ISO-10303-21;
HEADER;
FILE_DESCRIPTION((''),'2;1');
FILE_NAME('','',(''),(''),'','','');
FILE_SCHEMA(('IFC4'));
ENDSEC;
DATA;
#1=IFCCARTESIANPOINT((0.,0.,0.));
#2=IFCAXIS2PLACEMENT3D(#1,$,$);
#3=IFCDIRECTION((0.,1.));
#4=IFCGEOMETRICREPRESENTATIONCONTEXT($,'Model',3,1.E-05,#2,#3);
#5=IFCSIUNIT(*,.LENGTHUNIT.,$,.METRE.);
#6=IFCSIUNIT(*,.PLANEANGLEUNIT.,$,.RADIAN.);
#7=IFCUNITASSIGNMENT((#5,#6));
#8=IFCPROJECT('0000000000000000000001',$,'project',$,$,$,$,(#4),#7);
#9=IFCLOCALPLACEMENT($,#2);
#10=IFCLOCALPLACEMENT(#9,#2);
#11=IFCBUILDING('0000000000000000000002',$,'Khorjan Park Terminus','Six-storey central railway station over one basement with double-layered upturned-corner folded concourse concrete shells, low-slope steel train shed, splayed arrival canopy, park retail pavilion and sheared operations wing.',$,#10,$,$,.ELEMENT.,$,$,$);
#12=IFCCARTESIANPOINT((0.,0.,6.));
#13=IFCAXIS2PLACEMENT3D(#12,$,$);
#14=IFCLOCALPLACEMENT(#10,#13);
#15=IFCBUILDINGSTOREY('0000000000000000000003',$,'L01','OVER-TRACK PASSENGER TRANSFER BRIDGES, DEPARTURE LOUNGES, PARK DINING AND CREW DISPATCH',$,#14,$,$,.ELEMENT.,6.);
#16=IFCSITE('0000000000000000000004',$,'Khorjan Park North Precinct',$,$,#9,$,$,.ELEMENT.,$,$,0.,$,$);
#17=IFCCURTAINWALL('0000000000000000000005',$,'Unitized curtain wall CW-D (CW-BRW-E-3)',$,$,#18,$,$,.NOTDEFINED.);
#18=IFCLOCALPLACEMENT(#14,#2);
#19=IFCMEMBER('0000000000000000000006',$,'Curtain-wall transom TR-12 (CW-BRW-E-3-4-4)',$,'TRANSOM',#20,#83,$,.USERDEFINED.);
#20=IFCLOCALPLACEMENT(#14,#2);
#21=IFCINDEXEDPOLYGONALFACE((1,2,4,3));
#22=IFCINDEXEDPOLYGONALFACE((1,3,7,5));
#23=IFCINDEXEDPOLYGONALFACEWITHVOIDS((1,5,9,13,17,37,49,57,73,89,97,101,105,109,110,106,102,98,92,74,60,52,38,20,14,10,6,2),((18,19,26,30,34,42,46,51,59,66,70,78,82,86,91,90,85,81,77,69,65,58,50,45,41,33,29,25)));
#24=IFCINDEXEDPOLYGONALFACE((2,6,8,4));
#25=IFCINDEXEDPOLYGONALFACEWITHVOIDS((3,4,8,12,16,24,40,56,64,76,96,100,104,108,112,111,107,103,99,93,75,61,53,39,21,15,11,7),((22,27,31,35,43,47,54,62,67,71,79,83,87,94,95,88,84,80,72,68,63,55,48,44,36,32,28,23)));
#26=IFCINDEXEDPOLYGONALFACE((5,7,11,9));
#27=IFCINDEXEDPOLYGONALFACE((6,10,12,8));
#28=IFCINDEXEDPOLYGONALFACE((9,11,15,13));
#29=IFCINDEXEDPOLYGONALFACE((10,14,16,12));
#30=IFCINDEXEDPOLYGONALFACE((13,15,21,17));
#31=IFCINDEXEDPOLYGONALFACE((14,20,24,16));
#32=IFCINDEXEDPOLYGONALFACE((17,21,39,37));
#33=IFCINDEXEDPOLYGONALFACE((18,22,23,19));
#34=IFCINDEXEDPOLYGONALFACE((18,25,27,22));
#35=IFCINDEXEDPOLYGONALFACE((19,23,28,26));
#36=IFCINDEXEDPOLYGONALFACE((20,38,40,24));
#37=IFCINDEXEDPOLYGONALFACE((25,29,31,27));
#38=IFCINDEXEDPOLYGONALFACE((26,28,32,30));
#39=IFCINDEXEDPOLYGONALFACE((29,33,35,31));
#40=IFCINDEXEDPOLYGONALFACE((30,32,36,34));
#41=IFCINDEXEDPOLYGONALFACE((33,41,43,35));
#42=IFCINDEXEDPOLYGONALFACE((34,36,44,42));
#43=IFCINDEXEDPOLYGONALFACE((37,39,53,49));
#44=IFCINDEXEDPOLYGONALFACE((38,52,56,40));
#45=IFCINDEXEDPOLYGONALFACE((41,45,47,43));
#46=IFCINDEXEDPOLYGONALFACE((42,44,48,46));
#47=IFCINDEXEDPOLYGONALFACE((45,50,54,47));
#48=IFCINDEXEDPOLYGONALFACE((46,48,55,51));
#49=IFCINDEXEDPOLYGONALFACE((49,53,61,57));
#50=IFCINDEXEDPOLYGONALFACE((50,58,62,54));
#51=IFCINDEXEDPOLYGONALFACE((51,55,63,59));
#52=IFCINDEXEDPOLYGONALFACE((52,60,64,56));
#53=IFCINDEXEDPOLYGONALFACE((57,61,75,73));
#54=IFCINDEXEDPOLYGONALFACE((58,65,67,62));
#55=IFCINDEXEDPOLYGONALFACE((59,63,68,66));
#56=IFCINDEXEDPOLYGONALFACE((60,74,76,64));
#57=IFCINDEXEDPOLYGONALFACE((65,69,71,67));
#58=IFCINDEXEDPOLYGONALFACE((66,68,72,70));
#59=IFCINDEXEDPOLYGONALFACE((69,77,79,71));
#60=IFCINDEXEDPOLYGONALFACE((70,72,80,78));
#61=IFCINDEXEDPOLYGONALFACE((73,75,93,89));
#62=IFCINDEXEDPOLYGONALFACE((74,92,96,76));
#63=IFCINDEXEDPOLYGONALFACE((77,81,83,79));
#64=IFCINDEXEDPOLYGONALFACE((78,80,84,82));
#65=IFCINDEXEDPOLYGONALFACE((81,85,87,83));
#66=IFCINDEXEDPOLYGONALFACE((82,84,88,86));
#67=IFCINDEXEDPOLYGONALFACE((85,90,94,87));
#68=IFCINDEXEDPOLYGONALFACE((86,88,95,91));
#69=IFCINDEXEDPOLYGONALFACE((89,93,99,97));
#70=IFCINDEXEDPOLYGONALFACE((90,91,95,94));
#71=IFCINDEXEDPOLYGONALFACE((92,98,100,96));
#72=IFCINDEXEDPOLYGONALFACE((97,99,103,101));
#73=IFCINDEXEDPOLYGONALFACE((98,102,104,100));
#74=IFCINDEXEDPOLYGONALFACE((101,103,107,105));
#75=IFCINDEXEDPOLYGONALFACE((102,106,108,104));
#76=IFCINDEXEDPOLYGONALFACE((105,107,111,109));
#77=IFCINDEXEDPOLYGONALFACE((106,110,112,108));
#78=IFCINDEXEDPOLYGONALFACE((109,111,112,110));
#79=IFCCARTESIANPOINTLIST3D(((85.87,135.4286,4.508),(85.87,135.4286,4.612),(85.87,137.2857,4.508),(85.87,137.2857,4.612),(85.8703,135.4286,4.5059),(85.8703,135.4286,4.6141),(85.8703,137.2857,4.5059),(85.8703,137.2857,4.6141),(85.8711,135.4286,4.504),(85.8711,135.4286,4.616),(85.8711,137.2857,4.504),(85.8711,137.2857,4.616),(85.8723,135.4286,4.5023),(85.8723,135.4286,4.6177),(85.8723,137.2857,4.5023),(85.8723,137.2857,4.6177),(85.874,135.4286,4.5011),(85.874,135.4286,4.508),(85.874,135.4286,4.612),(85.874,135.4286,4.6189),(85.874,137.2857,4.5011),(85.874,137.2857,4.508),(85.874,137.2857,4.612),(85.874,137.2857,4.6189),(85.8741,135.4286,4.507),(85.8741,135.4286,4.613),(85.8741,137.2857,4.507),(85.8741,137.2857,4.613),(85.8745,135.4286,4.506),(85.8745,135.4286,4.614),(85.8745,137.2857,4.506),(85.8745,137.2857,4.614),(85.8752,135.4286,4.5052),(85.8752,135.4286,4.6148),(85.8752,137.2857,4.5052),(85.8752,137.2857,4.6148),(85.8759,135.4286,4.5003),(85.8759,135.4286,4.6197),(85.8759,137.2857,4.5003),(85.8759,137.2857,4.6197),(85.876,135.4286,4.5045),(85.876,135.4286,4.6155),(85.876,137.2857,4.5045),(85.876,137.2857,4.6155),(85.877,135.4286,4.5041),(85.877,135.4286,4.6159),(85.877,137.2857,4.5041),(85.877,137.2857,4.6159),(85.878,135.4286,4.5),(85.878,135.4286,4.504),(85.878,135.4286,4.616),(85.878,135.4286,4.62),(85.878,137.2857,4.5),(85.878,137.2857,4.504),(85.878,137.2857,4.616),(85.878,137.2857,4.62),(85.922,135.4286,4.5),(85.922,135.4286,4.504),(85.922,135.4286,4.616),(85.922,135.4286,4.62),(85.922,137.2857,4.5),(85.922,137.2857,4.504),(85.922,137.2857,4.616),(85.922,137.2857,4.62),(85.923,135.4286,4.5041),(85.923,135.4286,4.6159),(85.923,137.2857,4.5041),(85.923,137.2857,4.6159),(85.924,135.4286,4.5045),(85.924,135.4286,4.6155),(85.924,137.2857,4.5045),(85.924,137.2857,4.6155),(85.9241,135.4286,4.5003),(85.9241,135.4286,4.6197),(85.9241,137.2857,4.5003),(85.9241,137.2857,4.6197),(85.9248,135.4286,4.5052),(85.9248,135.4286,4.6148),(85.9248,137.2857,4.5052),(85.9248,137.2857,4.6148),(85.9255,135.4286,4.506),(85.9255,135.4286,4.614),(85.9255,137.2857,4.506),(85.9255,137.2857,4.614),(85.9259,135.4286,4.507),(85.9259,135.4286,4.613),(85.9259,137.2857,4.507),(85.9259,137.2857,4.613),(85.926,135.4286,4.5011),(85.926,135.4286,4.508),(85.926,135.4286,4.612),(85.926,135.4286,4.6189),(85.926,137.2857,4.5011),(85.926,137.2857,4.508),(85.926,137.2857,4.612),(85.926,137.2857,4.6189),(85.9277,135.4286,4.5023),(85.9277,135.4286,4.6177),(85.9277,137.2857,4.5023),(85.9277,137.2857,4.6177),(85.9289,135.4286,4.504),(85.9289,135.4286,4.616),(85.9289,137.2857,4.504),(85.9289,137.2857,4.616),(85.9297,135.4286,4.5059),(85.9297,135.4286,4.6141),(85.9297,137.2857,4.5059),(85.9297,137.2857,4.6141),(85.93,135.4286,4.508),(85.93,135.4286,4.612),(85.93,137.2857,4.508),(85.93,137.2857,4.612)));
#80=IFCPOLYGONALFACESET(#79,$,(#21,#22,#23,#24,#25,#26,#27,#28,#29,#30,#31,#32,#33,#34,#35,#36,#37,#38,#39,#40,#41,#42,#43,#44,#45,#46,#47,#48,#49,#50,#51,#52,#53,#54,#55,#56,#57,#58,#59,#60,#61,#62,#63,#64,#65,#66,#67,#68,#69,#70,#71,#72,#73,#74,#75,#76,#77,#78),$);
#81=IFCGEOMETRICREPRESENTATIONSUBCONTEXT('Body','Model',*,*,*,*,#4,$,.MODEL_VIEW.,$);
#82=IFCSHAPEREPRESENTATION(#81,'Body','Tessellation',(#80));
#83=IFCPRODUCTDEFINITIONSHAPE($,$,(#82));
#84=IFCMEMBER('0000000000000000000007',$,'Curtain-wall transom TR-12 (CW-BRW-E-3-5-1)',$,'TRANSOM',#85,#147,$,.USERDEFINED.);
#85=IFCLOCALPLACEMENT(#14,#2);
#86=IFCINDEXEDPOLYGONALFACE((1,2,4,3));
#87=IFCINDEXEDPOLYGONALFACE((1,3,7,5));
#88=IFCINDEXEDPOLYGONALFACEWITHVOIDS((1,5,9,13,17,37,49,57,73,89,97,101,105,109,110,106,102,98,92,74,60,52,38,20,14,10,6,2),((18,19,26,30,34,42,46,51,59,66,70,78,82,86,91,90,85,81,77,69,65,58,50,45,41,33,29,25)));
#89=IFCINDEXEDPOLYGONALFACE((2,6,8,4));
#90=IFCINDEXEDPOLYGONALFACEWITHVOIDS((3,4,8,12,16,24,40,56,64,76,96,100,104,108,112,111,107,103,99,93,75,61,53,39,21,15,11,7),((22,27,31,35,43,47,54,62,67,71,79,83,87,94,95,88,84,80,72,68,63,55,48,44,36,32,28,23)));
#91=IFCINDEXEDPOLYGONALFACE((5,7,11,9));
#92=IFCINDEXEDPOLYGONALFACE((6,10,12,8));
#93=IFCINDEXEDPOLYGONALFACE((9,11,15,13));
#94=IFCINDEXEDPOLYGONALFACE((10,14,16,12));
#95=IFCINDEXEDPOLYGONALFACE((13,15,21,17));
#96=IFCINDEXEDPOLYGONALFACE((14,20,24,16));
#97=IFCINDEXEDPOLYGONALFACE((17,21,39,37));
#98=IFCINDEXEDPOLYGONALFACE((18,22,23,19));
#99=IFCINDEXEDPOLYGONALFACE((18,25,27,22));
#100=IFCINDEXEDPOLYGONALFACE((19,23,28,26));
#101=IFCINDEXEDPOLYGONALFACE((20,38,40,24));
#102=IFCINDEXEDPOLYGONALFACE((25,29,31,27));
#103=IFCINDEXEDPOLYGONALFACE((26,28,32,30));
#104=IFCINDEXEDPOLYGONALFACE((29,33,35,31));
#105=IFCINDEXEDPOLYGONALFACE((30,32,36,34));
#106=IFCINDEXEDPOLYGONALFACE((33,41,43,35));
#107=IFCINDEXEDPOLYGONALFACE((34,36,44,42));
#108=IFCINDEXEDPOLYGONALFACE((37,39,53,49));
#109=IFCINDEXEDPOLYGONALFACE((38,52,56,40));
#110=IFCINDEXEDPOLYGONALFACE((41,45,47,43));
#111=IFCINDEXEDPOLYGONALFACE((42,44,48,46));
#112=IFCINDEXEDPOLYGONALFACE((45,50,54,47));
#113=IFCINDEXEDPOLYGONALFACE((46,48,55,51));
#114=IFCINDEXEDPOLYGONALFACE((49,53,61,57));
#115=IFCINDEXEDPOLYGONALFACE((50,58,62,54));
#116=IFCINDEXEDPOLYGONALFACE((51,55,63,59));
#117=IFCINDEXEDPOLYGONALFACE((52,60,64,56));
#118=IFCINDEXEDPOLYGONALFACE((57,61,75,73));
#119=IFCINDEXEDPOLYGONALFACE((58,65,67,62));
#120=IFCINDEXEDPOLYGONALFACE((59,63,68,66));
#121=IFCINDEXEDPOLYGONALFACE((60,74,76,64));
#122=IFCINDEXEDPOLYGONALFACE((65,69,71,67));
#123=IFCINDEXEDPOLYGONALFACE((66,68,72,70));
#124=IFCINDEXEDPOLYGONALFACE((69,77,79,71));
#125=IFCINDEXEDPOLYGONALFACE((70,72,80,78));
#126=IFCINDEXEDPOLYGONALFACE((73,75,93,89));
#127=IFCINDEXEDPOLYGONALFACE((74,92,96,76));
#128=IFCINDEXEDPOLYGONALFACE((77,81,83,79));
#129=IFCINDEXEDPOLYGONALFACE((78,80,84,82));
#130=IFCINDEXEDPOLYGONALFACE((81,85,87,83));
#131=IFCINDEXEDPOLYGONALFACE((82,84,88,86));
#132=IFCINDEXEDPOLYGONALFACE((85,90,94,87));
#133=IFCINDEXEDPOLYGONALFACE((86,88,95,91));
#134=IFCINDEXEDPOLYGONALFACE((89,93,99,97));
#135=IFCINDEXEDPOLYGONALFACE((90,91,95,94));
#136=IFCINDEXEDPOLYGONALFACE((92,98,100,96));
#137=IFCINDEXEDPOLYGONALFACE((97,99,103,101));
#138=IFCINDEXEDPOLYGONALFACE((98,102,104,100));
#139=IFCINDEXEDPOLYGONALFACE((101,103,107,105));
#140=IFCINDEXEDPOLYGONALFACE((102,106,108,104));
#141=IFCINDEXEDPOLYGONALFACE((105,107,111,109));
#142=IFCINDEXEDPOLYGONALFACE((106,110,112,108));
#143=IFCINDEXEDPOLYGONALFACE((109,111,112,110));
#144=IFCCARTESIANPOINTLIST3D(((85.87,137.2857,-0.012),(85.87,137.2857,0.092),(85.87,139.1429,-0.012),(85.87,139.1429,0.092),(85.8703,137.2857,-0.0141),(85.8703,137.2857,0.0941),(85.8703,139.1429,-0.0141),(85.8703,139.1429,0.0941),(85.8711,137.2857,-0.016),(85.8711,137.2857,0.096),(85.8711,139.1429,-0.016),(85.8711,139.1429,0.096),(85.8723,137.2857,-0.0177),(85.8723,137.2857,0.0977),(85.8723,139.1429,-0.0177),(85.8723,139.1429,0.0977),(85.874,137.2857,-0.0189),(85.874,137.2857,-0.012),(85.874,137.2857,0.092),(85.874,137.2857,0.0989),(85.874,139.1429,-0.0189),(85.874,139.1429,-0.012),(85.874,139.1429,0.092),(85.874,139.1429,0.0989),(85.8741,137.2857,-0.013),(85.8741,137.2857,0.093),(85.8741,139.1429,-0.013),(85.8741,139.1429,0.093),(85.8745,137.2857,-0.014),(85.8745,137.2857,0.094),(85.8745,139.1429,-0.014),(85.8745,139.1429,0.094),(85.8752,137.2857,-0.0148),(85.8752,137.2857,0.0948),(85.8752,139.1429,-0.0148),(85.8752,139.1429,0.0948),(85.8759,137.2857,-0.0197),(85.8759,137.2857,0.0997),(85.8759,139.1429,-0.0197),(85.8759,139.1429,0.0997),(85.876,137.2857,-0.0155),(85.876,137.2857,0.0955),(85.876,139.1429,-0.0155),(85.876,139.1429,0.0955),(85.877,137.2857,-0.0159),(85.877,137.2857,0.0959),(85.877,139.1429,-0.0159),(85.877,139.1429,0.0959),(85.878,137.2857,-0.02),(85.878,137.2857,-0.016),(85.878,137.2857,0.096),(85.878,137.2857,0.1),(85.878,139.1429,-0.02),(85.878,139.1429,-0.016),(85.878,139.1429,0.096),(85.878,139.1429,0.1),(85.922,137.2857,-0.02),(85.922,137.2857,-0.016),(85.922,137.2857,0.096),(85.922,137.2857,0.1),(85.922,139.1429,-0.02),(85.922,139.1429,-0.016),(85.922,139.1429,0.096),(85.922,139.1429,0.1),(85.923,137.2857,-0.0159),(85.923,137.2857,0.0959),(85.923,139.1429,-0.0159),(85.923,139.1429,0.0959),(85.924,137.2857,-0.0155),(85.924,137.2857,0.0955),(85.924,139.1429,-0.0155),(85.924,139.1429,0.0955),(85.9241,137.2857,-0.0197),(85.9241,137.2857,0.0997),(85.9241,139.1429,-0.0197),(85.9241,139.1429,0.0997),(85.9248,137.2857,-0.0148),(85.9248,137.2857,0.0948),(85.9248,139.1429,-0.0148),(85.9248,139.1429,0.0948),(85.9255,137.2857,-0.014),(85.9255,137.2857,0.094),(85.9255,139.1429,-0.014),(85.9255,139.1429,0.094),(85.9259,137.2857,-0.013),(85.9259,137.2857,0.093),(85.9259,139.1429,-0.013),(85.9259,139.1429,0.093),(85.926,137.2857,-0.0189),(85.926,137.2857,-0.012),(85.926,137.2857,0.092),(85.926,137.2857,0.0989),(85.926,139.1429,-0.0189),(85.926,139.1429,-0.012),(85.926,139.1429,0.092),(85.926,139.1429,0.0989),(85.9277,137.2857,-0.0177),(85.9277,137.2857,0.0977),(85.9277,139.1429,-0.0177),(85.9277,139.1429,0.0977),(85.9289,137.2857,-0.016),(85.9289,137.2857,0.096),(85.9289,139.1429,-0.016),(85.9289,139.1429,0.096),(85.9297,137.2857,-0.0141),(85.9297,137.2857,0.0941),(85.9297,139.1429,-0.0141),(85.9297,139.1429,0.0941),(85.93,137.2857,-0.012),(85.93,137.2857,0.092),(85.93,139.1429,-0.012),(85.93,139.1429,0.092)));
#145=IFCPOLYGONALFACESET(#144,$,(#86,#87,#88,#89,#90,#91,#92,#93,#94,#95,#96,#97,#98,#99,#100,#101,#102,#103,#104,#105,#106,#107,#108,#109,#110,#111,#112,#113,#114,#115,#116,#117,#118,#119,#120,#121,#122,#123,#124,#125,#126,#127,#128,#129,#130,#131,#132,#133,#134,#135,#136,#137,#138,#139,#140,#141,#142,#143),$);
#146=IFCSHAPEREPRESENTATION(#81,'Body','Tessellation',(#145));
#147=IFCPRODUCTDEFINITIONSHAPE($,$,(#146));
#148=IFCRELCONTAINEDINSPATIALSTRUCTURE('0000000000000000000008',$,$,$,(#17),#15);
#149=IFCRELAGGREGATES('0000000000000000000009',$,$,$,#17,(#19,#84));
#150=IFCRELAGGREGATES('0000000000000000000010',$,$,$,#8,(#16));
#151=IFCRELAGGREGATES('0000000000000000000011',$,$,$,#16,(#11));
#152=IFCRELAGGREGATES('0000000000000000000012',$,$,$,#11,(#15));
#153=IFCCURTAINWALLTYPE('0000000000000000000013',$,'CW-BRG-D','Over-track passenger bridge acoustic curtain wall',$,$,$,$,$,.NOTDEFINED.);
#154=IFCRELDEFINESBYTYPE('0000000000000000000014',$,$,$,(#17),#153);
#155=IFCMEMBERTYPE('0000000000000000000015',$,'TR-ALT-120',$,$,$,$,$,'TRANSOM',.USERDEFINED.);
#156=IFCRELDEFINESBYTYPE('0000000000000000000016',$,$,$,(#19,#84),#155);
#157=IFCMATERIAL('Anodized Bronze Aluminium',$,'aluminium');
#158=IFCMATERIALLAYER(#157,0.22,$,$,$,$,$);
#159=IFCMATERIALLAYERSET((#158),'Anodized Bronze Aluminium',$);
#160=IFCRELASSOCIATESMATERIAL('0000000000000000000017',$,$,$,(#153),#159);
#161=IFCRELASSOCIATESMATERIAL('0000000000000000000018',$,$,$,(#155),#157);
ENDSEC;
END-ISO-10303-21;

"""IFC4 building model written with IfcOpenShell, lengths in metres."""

from ifc_helpers import new_model, si_unit, direction, frame, origin, origin_2d, place, context, subcontext, project, spatial, hollow_rectangle, extrude, material, layer, layer_set, material_profile, profile_set, type_object, element, aggregate, save


model = new_model("IFC4")

# Units and contexts
model_context = context("Model", 3, precision=1e-05, world=origin(), true_north=direction((0.0, 1.0)))
body_context = subcontext(model_context, "Body", "Model", "MODEL_VIEW")
ifc_project = project(units=[si_unit("LENGTHUNIT", "METRE"), si_unit("PLANEANGLEUNIT", "RADIAN")], contexts=[model_context])

# Site, building, storey
site_placement = place(None, origin())
site = spatial("IfcSite", under=ifc_project, at=site_placement, Name="Khorjan Park North Precinct", CompositionType="ELEMENT", RefElevation=0.0)
building_placement = place(site_placement, origin())
building = spatial("IfcBuilding", under=site, at=building_placement, Name="Khorjan Park Terminus", Description="Six-storey central railway station over one basement with double-layered upturned-corner folded concourse concrete shells, low-slope steel train shed, splayed arrival canopy, park retail pavilion and sheared operations wing.", CompositionType="ELEMENT")
storey_placement = place(building_placement, frame((0.0, 0.0, 6.0)))
storey = spatial("IfcBuildingStorey", under=building, at=storey_placement, Name="L01", Description="OVER-TRACK PASSENGER TRANSFER BRIDGES, DEPARTURE LOUNGES, PARK DINING AND CREW DISPATCH", CompositionType="ELEMENT", Elevation=6.0)

# Curtain wall, members
ifc_material_1 = material(Name="Anodized Bronze Aluminium", Category="aluminium")
ifc_layer_1 = layer(ifc_material_1, 0.22)
ifc_layer_set_1 = layer_set([ifc_layer_1], Name="Anodized Bronze Aluminium")
curtain_wall_type = type_object("IfcCurtainWallType", Name="CW-BRG-D", Description="Over-track passenger bridge acoustic curtain wall", PredefinedType="NOTDEFINED", material=ifc_layer_set_1)
curtain_wall_1_placement = place(storey_placement, origin())
curtain_wall_1 = element("IfcCurtainWall", 1, at=curtain_wall_1_placement, inside=storey, type_object=curtain_wall_type, Name="Unitized curtain wall CW-D (CW-BRW-E-3)", PredefinedType="NOTDEFINED")
ifc_material_profile_1 = material_profile(ifc_material_1, hollow_rectangle(XDim=0.06, YDim=0.12, WallThickness=0.004, InnerFilletRadius=0.004, OuterFilletRadius=0.008, at=origin_2d()), Name="ALT 60x120x4")
ifc_profile_set_1 = profile_set([ifc_material_profile_1], Name="Anodized Bronze Aluminium")
member_type_1 = type_object("IfcMemberType", Name="TR-ALT-120", ElementType="TRANSOM", PredefinedType="USERDEFINED", material=ifc_profile_set_1)
member_1_placement = place(storey_placement, frame((85.9, 135.4286, 4.56), z_axis=(0.0, 1.0, 0.0), x_axis=(-1.0, 0.0, 0.0)))
member_1 = element("IfcMember", 2, at=member_1_placement, type_object=member_type_1, Name="Curtain-wall transom TR-12 (CW-BRW-E-3-4-4)", ObjectType="TRANSOM", PredefinedType="USERDEFINED", context=body_context, shape_type="SweptSolid", body=[
    extrude(hollow_rectangle(XDim=0.06, YDim=0.12, WallThickness=0.004, InnerFilletRadius=0.004, OuterFilletRadius=0.008, at=origin_2d()), origin(), (0.0, 0.0, 1.0), 1.8571),
])
member_2_placement = place(storey_placement, frame((85.9, 137.2857, 0.04), z_axis=(0.0, 1.0, 0.0), x_axis=(-1.0, 0.0, 0.0)))
member_2 = element("IfcMember", 3, at=member_2_placement, type_object=member_type_1, Name="Curtain-wall transom TR-12 (CW-BRW-E-3-5-1)", ObjectType="TRANSOM", PredefinedType="USERDEFINED", context=body_context, shape_type="SweptSolid", body=[
    extrude(hollow_rectangle(XDim=0.06, YDim=0.12, WallThickness=0.004, InnerFilletRadius=0.004, OuterFilletRadius=0.008, at=origin_2d()), origin(), (0.0, 0.0, 1.0), 1.8572),
])

aggregate(curtain_wall_1, [member_1, member_2])

save(model, "model.ifc")
